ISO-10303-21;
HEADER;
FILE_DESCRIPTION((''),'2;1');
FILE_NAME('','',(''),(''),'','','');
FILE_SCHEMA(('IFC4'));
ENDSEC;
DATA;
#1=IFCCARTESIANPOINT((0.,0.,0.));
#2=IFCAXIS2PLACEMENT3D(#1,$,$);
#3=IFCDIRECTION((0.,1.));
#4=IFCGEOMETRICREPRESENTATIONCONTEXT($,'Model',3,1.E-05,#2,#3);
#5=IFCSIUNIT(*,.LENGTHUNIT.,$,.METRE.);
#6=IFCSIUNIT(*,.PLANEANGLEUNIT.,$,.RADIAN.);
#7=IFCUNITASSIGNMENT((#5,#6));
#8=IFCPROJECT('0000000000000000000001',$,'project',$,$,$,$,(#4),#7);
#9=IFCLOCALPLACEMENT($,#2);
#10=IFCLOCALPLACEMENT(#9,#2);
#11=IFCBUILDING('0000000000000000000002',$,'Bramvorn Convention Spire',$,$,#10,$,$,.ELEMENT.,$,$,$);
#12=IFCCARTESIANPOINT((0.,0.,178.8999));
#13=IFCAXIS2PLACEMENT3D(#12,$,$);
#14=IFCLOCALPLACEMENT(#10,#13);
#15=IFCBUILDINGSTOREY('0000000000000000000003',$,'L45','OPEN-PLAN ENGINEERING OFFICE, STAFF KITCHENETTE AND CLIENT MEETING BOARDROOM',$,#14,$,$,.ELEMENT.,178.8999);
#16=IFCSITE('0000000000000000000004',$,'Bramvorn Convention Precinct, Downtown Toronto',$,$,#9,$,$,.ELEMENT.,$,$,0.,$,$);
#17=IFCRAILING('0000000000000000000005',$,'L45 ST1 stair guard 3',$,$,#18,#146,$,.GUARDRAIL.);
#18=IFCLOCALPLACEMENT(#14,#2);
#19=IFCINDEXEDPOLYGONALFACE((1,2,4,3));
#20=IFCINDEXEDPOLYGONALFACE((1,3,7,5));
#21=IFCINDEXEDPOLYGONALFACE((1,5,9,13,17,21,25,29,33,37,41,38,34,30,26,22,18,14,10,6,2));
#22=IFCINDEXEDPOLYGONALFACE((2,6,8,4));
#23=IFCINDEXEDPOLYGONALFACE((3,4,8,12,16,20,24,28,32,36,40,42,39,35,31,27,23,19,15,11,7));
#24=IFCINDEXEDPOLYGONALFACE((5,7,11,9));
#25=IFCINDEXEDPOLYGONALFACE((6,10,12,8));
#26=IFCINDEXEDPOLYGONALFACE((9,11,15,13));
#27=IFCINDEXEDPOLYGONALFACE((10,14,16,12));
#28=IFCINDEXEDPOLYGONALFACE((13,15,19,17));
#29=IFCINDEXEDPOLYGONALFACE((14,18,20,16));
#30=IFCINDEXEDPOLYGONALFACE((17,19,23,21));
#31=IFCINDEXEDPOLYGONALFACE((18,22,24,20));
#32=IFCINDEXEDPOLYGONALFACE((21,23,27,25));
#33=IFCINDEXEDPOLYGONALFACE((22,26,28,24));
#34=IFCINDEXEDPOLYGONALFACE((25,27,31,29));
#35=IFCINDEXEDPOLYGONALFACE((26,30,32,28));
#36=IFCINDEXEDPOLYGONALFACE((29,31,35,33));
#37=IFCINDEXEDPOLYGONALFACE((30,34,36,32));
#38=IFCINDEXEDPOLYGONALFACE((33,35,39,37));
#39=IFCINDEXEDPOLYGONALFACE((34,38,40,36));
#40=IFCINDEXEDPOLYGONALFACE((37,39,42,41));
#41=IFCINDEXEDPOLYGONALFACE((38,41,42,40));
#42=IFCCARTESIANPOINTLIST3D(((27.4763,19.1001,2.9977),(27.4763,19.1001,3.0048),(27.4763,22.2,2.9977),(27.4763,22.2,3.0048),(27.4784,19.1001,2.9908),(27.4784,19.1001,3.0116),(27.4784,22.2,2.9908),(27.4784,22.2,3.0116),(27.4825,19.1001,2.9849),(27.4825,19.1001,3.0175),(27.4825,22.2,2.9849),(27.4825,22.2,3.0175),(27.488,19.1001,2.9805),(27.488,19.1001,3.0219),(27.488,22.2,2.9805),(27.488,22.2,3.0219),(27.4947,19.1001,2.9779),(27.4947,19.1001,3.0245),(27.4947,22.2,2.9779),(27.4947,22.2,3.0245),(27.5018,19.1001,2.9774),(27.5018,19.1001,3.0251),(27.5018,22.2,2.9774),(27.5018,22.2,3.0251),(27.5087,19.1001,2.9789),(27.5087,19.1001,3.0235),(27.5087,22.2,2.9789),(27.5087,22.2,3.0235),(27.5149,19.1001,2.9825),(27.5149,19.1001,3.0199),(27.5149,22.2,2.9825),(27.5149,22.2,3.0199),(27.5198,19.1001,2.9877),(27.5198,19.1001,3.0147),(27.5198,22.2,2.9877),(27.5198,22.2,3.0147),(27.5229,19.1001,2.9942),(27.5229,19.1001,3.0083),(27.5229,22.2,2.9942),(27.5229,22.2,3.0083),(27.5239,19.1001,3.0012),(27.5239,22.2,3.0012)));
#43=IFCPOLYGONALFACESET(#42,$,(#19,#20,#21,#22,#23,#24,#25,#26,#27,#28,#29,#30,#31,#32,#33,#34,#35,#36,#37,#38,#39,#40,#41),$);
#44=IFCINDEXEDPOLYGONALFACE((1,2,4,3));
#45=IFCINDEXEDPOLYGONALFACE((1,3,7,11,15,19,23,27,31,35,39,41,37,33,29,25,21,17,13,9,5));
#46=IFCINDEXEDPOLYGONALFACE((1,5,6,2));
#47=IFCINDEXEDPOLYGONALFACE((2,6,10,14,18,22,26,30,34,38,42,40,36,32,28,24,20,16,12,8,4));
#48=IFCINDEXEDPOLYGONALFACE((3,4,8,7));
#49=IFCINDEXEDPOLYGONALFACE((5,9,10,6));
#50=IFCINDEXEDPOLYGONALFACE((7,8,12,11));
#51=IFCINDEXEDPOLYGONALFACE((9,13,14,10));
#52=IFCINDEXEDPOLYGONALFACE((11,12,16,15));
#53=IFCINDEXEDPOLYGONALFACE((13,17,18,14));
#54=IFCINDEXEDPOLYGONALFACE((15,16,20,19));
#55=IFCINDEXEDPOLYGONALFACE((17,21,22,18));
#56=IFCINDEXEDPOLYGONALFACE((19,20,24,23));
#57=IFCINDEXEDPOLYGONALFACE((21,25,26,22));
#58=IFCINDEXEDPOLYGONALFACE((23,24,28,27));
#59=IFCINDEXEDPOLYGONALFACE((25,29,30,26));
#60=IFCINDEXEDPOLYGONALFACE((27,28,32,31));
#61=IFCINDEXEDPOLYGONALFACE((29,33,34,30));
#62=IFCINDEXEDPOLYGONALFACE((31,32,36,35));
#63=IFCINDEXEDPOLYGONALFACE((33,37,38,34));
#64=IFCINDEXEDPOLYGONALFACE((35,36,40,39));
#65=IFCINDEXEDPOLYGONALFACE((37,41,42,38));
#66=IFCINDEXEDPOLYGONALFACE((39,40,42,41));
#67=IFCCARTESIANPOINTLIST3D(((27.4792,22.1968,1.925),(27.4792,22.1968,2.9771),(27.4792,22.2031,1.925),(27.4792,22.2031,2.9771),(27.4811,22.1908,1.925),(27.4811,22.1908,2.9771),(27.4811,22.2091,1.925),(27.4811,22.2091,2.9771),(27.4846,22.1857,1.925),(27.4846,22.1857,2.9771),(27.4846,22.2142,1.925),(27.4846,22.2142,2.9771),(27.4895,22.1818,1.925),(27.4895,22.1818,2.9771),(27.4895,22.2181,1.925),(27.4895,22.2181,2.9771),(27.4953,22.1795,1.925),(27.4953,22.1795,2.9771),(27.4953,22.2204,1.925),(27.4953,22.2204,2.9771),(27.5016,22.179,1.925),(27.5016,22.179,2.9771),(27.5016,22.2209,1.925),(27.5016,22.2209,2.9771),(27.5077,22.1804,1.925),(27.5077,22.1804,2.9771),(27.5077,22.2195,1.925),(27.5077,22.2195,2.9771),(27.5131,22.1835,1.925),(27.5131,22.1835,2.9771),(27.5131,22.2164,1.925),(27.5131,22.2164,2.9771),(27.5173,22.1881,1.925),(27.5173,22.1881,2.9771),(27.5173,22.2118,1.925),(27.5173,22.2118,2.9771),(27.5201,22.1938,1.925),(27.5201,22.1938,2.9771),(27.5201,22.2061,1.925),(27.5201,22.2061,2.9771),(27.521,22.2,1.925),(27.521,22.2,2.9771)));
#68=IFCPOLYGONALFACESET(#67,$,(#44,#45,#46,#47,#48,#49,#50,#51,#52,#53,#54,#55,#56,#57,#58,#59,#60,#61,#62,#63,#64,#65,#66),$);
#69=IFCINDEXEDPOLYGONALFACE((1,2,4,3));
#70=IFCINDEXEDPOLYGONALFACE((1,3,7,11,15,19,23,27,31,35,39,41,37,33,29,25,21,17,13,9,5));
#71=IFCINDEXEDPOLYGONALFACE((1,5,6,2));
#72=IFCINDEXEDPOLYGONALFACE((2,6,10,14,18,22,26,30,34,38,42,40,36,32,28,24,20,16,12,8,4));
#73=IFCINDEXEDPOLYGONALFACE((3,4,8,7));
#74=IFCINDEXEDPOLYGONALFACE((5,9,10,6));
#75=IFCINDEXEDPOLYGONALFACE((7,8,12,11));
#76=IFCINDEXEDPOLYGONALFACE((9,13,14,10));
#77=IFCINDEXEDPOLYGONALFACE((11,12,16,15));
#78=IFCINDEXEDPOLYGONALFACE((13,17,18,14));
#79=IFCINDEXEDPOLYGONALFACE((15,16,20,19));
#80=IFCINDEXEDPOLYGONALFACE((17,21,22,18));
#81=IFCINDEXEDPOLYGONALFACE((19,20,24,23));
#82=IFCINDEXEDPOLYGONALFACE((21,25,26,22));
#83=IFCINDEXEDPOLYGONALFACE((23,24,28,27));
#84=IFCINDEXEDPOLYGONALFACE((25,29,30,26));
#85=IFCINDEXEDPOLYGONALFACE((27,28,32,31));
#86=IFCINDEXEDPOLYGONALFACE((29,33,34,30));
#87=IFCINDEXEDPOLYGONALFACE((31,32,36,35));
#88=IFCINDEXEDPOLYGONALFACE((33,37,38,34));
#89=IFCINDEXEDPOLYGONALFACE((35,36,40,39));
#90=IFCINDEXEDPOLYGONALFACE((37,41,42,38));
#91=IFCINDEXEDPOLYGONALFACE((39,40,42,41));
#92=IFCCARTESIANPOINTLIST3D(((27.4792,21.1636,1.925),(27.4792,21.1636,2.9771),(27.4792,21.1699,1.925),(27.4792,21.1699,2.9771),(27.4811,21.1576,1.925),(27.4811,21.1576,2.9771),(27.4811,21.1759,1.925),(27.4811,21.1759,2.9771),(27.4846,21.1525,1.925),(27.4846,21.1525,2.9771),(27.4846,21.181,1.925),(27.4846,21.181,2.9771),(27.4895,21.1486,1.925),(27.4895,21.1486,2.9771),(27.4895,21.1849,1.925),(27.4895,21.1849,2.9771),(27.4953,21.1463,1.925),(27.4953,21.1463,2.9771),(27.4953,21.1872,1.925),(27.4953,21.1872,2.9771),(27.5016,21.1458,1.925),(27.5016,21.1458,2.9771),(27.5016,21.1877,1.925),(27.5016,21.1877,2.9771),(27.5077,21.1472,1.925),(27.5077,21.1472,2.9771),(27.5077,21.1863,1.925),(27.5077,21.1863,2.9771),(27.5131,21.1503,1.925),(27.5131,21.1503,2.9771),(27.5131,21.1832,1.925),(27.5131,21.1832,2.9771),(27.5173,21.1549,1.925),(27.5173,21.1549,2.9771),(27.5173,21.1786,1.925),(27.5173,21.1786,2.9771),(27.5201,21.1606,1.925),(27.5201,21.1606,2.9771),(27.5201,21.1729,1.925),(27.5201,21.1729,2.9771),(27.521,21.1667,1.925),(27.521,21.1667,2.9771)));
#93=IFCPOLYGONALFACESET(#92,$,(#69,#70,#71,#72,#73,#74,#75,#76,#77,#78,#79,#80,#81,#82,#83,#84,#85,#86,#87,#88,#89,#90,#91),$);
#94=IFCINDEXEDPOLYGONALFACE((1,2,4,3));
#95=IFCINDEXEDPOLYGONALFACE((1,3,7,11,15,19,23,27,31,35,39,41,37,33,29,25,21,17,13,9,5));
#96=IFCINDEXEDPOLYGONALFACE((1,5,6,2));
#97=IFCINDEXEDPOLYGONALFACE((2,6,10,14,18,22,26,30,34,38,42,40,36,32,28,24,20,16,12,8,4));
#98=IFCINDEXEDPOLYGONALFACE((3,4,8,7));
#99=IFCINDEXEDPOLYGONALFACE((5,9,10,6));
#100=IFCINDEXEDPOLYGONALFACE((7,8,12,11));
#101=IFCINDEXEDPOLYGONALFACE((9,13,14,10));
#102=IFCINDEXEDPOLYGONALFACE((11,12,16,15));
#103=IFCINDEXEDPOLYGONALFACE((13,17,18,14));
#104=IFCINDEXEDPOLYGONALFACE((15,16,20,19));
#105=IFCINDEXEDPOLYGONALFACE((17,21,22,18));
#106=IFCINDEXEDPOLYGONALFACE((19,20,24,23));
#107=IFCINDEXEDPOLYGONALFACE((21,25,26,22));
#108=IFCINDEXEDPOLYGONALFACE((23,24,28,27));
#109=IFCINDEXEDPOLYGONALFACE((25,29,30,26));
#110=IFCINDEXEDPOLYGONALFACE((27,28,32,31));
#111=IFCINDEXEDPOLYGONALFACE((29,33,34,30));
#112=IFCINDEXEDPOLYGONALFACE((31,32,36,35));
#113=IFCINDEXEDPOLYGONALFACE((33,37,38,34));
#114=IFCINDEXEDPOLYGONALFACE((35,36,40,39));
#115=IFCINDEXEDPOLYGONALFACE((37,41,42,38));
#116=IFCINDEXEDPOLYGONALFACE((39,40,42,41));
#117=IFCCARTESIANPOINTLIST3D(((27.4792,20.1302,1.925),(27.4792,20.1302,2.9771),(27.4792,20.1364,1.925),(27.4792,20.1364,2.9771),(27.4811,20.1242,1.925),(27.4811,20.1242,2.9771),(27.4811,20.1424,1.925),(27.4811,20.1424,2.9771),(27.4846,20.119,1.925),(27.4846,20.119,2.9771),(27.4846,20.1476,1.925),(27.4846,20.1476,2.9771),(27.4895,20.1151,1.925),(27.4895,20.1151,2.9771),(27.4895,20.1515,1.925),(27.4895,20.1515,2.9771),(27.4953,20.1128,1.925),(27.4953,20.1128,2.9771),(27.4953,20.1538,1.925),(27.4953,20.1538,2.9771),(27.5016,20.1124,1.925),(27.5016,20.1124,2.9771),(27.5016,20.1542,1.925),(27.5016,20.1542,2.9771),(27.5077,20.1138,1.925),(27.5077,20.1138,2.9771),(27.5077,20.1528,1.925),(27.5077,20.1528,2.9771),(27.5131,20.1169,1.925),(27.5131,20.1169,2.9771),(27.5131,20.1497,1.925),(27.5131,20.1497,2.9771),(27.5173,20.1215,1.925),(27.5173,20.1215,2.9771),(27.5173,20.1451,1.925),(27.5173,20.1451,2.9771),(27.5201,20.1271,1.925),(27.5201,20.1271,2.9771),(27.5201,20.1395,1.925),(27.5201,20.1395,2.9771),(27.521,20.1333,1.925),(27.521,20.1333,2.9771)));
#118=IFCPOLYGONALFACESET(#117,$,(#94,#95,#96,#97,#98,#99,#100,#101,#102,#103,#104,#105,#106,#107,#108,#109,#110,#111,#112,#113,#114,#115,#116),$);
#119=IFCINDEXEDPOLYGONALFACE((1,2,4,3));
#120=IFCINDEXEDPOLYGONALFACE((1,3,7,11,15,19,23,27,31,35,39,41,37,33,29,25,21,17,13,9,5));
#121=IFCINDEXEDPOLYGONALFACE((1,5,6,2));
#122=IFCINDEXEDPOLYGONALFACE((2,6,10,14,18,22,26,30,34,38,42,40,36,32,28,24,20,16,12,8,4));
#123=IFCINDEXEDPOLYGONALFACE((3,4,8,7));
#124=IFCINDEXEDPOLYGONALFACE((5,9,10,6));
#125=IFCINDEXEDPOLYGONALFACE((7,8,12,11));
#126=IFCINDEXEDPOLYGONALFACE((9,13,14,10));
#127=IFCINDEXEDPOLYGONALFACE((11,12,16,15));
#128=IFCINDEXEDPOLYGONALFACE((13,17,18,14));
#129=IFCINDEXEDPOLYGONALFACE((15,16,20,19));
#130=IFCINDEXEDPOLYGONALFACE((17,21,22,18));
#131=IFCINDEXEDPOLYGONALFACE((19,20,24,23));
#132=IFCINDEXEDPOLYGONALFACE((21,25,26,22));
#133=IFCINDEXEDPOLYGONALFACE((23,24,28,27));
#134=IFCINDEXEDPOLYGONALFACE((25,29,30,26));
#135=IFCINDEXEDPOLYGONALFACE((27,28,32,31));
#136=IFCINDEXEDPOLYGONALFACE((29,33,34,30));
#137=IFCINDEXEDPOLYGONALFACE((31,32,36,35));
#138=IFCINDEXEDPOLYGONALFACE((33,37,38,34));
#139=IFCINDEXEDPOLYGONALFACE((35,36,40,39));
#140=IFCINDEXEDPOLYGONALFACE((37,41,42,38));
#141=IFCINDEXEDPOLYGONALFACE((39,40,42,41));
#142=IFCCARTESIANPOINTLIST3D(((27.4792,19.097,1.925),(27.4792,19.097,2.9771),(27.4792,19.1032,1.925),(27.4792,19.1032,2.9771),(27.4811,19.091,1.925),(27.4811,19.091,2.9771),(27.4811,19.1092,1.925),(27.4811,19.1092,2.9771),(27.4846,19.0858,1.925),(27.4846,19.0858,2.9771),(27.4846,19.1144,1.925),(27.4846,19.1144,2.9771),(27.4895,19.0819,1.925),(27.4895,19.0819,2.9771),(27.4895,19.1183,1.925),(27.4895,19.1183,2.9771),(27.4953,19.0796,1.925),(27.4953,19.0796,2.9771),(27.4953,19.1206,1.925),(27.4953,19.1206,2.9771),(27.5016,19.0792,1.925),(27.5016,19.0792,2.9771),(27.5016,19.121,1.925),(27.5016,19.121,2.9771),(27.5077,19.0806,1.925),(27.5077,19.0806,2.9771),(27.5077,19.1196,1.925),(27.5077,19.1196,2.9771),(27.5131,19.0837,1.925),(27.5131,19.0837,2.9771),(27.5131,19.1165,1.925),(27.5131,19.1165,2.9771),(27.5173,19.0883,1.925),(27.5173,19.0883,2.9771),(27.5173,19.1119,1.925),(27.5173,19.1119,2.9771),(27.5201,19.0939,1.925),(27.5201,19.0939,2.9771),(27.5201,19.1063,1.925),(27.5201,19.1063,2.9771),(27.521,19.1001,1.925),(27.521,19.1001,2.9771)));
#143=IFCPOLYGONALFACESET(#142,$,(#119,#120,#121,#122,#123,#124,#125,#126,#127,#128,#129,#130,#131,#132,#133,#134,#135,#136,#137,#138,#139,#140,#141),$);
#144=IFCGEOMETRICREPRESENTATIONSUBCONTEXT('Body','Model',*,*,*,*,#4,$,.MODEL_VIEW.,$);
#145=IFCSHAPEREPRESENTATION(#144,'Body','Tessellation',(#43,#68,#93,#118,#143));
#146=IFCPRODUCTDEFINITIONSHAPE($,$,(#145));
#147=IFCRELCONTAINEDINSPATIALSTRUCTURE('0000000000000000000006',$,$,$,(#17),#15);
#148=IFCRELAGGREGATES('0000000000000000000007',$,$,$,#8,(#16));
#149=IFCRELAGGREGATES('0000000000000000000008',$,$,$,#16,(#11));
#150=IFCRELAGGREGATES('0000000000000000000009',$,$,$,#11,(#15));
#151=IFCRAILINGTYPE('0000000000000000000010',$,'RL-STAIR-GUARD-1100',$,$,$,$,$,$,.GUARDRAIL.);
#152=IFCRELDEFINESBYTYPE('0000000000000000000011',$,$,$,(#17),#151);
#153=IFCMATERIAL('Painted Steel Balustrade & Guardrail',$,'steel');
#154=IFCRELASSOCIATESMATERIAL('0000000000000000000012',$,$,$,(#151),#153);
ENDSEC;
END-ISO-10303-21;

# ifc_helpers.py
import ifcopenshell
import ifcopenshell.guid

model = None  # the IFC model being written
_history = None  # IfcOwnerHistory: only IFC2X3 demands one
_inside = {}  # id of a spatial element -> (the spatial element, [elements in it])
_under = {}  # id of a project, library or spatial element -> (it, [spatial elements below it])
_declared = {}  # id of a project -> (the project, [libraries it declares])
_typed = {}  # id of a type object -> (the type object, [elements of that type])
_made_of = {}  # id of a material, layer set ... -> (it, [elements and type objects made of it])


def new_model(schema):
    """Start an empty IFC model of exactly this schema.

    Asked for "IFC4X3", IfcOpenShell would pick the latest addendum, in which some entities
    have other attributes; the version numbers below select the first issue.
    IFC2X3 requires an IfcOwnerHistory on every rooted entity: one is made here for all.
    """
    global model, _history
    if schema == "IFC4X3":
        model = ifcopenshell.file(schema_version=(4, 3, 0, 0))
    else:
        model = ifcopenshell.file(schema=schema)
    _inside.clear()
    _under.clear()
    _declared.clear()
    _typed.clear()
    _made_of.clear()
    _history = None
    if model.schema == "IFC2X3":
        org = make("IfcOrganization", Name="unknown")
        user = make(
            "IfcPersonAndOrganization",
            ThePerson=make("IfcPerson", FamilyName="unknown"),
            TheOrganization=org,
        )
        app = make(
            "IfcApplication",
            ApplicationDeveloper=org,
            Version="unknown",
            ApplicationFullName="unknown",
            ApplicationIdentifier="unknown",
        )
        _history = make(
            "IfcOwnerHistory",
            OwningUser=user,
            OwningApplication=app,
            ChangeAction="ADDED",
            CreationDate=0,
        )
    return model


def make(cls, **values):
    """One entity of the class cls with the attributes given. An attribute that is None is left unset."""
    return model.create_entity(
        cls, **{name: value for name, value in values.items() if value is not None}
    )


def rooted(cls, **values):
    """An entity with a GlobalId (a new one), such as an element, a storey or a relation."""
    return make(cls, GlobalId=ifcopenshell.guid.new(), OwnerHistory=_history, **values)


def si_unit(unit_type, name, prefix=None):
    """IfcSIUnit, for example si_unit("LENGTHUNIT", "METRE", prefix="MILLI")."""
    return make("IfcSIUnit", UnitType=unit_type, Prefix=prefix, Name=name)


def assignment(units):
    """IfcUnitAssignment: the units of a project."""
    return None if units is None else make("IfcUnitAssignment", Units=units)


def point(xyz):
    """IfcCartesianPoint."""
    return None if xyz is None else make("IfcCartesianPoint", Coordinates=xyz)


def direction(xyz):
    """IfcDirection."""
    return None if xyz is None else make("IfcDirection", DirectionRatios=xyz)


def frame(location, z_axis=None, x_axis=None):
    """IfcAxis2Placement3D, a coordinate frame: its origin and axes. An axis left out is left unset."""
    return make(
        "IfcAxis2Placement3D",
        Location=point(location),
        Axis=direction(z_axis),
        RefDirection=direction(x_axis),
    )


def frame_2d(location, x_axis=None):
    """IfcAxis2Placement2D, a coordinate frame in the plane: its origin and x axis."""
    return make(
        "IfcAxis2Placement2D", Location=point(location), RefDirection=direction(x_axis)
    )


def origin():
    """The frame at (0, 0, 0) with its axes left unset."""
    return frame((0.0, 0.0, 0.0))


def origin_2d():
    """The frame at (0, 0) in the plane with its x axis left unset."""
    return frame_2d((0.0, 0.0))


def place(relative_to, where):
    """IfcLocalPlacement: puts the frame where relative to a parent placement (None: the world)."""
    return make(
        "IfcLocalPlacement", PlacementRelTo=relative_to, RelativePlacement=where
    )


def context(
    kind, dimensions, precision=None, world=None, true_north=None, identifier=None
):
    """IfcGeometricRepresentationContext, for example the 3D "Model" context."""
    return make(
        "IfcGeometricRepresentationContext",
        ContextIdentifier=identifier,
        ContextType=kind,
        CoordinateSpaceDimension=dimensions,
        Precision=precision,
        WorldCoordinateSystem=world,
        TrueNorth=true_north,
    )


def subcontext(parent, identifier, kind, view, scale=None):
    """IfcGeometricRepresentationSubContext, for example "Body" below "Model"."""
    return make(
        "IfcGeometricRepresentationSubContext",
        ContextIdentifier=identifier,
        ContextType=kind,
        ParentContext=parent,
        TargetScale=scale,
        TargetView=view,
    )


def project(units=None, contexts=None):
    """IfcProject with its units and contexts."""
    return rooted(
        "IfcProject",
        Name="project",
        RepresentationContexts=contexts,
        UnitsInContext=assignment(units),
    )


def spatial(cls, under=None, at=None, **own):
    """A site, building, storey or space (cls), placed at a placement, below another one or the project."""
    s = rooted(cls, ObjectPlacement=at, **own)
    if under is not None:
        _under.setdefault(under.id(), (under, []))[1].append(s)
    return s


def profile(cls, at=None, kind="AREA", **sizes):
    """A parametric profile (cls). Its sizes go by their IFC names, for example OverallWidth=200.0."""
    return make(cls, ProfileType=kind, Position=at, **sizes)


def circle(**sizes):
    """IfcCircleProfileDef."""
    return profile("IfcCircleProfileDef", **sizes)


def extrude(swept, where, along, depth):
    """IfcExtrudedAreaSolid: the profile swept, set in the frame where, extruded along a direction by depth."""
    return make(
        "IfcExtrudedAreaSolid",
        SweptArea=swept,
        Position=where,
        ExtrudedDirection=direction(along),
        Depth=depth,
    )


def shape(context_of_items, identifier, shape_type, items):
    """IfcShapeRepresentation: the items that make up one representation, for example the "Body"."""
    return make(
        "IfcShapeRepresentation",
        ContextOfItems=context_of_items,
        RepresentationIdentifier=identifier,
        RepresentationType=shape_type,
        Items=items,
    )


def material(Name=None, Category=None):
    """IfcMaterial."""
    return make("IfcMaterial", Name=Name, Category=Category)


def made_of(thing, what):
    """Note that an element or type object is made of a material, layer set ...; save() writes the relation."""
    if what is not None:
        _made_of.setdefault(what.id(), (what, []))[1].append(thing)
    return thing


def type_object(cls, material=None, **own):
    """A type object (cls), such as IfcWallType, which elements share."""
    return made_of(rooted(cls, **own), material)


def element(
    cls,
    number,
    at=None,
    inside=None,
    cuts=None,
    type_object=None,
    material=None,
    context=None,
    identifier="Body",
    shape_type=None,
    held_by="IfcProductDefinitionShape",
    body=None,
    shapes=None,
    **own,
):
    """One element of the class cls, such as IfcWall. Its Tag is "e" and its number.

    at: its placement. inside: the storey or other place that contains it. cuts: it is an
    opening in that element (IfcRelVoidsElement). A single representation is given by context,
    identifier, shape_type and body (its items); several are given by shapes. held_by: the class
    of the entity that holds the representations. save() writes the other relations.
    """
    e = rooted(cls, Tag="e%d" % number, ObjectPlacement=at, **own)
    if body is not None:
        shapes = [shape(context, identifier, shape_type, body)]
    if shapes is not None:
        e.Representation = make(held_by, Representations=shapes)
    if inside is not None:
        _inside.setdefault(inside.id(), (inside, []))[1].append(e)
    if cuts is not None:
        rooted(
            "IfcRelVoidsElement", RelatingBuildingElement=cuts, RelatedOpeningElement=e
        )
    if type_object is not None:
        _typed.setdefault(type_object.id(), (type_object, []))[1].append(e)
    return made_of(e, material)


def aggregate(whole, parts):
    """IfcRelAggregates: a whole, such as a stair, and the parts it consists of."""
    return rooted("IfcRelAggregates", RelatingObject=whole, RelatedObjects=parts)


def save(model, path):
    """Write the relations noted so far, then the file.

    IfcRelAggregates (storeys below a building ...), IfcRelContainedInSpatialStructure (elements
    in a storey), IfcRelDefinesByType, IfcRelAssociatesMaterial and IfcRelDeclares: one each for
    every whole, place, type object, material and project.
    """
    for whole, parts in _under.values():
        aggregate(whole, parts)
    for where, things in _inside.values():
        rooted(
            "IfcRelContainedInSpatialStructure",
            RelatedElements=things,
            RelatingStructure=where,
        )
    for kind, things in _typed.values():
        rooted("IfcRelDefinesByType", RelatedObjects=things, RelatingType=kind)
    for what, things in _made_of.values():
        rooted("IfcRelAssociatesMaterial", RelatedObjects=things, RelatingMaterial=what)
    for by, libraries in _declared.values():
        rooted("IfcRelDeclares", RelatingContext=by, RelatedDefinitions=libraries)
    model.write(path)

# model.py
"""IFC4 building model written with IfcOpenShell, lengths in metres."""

from ifc_helpers import new_model, si_unit, direction, frame, origin, origin_2d, place, context, subcontext, project, spatial, circle, extrude, material, type_object, element, save


model = new_model("IFC4")

# Units and contexts
model_context = context("Model", 3, precision=1e-05, world=origin(), true_north=direction((0.0, 1.0)))
body_context = subcontext(model_context, "Body", "Model", "MODEL_VIEW")
ifc_project = project(units=[si_unit("LENGTHUNIT", "METRE"), si_unit("PLANEANGLEUNIT", "RADIAN")], contexts=[model_context])

# Site, building, storey
site_placement = place(None, origin())
site = spatial("IfcSite", under=ifc_project, at=site_placement, Name="Bramvorn Convention Precinct, Downtown Toronto", CompositionType="ELEMENT", RefElevation=0.0)
building_placement = place(site_placement, origin())
building = spatial("IfcBuilding", under=site, at=building_placement, Name="Bramvorn Convention Spire", CompositionType="ELEMENT")
storey_placement = place(building_placement, frame((0.0, 0.0, 178.8999)))
storey = spatial("IfcBuildingStorey", under=building, at=storey_placement, Name="L45", Description="OPEN-PLAN ENGINEERING OFFICE, STAFF KITCHENETTE AND CLIENT MEETING BOARDROOM", CompositionType="ELEMENT", Elevation=178.8999)

# Railing
ifc_material_1 = material(Name="Painted Steel Balustrade & Guardrail", Category="steel")
railing_type_1 = type_object("IfcRailingType", Name="RL-STAIR-GUARD-1100", PredefinedType="GUARDRAIL", material=ifc_material_1)
for number, where, name in (
    (1, (27.5, 22.2, 1.925), "L45 ST1 stair guard 3"),
):
    element("IfcRailing", number, at=place(storey_placement, frame(where)), inside=storey, type_object=railing_type_1, Name=name, PredefinedType="GUARDRAIL", context=body_context, shape_type="SweptSolid", body=[
        extrude(circle(Radius=0.0239, at=origin_2d()), frame((0.0, 0.0, 1.0762), z_axis=(0.0, -1.0, 0.0), x_axis=(1.0, 0.0, 0.0)), (0.0, 0.0, 1.0), 3.0999),
        extrude(circle(Radius=0.021, at=origin_2d()), origin(), (0.0, 0.0, 1.0), 1.052),
        extrude(circle(Radius=0.021, at=origin_2d()), frame((0.0, -1.0332, 0.0)), (0.0, 0.0, 1.0), 1.052),
        extrude(circle(Radius=0.021, at=origin_2d()), frame((0.0, -2.0667, 0.0)), (0.0, 0.0, 1.0), 1.052),
        extrude(circle(Radius=0.021, at=origin_2d()), frame((0.0, -3.0999, 0.0)), (0.0, 0.0, 1.0), 1.052),
    ])

save(model, "model.ifc")
